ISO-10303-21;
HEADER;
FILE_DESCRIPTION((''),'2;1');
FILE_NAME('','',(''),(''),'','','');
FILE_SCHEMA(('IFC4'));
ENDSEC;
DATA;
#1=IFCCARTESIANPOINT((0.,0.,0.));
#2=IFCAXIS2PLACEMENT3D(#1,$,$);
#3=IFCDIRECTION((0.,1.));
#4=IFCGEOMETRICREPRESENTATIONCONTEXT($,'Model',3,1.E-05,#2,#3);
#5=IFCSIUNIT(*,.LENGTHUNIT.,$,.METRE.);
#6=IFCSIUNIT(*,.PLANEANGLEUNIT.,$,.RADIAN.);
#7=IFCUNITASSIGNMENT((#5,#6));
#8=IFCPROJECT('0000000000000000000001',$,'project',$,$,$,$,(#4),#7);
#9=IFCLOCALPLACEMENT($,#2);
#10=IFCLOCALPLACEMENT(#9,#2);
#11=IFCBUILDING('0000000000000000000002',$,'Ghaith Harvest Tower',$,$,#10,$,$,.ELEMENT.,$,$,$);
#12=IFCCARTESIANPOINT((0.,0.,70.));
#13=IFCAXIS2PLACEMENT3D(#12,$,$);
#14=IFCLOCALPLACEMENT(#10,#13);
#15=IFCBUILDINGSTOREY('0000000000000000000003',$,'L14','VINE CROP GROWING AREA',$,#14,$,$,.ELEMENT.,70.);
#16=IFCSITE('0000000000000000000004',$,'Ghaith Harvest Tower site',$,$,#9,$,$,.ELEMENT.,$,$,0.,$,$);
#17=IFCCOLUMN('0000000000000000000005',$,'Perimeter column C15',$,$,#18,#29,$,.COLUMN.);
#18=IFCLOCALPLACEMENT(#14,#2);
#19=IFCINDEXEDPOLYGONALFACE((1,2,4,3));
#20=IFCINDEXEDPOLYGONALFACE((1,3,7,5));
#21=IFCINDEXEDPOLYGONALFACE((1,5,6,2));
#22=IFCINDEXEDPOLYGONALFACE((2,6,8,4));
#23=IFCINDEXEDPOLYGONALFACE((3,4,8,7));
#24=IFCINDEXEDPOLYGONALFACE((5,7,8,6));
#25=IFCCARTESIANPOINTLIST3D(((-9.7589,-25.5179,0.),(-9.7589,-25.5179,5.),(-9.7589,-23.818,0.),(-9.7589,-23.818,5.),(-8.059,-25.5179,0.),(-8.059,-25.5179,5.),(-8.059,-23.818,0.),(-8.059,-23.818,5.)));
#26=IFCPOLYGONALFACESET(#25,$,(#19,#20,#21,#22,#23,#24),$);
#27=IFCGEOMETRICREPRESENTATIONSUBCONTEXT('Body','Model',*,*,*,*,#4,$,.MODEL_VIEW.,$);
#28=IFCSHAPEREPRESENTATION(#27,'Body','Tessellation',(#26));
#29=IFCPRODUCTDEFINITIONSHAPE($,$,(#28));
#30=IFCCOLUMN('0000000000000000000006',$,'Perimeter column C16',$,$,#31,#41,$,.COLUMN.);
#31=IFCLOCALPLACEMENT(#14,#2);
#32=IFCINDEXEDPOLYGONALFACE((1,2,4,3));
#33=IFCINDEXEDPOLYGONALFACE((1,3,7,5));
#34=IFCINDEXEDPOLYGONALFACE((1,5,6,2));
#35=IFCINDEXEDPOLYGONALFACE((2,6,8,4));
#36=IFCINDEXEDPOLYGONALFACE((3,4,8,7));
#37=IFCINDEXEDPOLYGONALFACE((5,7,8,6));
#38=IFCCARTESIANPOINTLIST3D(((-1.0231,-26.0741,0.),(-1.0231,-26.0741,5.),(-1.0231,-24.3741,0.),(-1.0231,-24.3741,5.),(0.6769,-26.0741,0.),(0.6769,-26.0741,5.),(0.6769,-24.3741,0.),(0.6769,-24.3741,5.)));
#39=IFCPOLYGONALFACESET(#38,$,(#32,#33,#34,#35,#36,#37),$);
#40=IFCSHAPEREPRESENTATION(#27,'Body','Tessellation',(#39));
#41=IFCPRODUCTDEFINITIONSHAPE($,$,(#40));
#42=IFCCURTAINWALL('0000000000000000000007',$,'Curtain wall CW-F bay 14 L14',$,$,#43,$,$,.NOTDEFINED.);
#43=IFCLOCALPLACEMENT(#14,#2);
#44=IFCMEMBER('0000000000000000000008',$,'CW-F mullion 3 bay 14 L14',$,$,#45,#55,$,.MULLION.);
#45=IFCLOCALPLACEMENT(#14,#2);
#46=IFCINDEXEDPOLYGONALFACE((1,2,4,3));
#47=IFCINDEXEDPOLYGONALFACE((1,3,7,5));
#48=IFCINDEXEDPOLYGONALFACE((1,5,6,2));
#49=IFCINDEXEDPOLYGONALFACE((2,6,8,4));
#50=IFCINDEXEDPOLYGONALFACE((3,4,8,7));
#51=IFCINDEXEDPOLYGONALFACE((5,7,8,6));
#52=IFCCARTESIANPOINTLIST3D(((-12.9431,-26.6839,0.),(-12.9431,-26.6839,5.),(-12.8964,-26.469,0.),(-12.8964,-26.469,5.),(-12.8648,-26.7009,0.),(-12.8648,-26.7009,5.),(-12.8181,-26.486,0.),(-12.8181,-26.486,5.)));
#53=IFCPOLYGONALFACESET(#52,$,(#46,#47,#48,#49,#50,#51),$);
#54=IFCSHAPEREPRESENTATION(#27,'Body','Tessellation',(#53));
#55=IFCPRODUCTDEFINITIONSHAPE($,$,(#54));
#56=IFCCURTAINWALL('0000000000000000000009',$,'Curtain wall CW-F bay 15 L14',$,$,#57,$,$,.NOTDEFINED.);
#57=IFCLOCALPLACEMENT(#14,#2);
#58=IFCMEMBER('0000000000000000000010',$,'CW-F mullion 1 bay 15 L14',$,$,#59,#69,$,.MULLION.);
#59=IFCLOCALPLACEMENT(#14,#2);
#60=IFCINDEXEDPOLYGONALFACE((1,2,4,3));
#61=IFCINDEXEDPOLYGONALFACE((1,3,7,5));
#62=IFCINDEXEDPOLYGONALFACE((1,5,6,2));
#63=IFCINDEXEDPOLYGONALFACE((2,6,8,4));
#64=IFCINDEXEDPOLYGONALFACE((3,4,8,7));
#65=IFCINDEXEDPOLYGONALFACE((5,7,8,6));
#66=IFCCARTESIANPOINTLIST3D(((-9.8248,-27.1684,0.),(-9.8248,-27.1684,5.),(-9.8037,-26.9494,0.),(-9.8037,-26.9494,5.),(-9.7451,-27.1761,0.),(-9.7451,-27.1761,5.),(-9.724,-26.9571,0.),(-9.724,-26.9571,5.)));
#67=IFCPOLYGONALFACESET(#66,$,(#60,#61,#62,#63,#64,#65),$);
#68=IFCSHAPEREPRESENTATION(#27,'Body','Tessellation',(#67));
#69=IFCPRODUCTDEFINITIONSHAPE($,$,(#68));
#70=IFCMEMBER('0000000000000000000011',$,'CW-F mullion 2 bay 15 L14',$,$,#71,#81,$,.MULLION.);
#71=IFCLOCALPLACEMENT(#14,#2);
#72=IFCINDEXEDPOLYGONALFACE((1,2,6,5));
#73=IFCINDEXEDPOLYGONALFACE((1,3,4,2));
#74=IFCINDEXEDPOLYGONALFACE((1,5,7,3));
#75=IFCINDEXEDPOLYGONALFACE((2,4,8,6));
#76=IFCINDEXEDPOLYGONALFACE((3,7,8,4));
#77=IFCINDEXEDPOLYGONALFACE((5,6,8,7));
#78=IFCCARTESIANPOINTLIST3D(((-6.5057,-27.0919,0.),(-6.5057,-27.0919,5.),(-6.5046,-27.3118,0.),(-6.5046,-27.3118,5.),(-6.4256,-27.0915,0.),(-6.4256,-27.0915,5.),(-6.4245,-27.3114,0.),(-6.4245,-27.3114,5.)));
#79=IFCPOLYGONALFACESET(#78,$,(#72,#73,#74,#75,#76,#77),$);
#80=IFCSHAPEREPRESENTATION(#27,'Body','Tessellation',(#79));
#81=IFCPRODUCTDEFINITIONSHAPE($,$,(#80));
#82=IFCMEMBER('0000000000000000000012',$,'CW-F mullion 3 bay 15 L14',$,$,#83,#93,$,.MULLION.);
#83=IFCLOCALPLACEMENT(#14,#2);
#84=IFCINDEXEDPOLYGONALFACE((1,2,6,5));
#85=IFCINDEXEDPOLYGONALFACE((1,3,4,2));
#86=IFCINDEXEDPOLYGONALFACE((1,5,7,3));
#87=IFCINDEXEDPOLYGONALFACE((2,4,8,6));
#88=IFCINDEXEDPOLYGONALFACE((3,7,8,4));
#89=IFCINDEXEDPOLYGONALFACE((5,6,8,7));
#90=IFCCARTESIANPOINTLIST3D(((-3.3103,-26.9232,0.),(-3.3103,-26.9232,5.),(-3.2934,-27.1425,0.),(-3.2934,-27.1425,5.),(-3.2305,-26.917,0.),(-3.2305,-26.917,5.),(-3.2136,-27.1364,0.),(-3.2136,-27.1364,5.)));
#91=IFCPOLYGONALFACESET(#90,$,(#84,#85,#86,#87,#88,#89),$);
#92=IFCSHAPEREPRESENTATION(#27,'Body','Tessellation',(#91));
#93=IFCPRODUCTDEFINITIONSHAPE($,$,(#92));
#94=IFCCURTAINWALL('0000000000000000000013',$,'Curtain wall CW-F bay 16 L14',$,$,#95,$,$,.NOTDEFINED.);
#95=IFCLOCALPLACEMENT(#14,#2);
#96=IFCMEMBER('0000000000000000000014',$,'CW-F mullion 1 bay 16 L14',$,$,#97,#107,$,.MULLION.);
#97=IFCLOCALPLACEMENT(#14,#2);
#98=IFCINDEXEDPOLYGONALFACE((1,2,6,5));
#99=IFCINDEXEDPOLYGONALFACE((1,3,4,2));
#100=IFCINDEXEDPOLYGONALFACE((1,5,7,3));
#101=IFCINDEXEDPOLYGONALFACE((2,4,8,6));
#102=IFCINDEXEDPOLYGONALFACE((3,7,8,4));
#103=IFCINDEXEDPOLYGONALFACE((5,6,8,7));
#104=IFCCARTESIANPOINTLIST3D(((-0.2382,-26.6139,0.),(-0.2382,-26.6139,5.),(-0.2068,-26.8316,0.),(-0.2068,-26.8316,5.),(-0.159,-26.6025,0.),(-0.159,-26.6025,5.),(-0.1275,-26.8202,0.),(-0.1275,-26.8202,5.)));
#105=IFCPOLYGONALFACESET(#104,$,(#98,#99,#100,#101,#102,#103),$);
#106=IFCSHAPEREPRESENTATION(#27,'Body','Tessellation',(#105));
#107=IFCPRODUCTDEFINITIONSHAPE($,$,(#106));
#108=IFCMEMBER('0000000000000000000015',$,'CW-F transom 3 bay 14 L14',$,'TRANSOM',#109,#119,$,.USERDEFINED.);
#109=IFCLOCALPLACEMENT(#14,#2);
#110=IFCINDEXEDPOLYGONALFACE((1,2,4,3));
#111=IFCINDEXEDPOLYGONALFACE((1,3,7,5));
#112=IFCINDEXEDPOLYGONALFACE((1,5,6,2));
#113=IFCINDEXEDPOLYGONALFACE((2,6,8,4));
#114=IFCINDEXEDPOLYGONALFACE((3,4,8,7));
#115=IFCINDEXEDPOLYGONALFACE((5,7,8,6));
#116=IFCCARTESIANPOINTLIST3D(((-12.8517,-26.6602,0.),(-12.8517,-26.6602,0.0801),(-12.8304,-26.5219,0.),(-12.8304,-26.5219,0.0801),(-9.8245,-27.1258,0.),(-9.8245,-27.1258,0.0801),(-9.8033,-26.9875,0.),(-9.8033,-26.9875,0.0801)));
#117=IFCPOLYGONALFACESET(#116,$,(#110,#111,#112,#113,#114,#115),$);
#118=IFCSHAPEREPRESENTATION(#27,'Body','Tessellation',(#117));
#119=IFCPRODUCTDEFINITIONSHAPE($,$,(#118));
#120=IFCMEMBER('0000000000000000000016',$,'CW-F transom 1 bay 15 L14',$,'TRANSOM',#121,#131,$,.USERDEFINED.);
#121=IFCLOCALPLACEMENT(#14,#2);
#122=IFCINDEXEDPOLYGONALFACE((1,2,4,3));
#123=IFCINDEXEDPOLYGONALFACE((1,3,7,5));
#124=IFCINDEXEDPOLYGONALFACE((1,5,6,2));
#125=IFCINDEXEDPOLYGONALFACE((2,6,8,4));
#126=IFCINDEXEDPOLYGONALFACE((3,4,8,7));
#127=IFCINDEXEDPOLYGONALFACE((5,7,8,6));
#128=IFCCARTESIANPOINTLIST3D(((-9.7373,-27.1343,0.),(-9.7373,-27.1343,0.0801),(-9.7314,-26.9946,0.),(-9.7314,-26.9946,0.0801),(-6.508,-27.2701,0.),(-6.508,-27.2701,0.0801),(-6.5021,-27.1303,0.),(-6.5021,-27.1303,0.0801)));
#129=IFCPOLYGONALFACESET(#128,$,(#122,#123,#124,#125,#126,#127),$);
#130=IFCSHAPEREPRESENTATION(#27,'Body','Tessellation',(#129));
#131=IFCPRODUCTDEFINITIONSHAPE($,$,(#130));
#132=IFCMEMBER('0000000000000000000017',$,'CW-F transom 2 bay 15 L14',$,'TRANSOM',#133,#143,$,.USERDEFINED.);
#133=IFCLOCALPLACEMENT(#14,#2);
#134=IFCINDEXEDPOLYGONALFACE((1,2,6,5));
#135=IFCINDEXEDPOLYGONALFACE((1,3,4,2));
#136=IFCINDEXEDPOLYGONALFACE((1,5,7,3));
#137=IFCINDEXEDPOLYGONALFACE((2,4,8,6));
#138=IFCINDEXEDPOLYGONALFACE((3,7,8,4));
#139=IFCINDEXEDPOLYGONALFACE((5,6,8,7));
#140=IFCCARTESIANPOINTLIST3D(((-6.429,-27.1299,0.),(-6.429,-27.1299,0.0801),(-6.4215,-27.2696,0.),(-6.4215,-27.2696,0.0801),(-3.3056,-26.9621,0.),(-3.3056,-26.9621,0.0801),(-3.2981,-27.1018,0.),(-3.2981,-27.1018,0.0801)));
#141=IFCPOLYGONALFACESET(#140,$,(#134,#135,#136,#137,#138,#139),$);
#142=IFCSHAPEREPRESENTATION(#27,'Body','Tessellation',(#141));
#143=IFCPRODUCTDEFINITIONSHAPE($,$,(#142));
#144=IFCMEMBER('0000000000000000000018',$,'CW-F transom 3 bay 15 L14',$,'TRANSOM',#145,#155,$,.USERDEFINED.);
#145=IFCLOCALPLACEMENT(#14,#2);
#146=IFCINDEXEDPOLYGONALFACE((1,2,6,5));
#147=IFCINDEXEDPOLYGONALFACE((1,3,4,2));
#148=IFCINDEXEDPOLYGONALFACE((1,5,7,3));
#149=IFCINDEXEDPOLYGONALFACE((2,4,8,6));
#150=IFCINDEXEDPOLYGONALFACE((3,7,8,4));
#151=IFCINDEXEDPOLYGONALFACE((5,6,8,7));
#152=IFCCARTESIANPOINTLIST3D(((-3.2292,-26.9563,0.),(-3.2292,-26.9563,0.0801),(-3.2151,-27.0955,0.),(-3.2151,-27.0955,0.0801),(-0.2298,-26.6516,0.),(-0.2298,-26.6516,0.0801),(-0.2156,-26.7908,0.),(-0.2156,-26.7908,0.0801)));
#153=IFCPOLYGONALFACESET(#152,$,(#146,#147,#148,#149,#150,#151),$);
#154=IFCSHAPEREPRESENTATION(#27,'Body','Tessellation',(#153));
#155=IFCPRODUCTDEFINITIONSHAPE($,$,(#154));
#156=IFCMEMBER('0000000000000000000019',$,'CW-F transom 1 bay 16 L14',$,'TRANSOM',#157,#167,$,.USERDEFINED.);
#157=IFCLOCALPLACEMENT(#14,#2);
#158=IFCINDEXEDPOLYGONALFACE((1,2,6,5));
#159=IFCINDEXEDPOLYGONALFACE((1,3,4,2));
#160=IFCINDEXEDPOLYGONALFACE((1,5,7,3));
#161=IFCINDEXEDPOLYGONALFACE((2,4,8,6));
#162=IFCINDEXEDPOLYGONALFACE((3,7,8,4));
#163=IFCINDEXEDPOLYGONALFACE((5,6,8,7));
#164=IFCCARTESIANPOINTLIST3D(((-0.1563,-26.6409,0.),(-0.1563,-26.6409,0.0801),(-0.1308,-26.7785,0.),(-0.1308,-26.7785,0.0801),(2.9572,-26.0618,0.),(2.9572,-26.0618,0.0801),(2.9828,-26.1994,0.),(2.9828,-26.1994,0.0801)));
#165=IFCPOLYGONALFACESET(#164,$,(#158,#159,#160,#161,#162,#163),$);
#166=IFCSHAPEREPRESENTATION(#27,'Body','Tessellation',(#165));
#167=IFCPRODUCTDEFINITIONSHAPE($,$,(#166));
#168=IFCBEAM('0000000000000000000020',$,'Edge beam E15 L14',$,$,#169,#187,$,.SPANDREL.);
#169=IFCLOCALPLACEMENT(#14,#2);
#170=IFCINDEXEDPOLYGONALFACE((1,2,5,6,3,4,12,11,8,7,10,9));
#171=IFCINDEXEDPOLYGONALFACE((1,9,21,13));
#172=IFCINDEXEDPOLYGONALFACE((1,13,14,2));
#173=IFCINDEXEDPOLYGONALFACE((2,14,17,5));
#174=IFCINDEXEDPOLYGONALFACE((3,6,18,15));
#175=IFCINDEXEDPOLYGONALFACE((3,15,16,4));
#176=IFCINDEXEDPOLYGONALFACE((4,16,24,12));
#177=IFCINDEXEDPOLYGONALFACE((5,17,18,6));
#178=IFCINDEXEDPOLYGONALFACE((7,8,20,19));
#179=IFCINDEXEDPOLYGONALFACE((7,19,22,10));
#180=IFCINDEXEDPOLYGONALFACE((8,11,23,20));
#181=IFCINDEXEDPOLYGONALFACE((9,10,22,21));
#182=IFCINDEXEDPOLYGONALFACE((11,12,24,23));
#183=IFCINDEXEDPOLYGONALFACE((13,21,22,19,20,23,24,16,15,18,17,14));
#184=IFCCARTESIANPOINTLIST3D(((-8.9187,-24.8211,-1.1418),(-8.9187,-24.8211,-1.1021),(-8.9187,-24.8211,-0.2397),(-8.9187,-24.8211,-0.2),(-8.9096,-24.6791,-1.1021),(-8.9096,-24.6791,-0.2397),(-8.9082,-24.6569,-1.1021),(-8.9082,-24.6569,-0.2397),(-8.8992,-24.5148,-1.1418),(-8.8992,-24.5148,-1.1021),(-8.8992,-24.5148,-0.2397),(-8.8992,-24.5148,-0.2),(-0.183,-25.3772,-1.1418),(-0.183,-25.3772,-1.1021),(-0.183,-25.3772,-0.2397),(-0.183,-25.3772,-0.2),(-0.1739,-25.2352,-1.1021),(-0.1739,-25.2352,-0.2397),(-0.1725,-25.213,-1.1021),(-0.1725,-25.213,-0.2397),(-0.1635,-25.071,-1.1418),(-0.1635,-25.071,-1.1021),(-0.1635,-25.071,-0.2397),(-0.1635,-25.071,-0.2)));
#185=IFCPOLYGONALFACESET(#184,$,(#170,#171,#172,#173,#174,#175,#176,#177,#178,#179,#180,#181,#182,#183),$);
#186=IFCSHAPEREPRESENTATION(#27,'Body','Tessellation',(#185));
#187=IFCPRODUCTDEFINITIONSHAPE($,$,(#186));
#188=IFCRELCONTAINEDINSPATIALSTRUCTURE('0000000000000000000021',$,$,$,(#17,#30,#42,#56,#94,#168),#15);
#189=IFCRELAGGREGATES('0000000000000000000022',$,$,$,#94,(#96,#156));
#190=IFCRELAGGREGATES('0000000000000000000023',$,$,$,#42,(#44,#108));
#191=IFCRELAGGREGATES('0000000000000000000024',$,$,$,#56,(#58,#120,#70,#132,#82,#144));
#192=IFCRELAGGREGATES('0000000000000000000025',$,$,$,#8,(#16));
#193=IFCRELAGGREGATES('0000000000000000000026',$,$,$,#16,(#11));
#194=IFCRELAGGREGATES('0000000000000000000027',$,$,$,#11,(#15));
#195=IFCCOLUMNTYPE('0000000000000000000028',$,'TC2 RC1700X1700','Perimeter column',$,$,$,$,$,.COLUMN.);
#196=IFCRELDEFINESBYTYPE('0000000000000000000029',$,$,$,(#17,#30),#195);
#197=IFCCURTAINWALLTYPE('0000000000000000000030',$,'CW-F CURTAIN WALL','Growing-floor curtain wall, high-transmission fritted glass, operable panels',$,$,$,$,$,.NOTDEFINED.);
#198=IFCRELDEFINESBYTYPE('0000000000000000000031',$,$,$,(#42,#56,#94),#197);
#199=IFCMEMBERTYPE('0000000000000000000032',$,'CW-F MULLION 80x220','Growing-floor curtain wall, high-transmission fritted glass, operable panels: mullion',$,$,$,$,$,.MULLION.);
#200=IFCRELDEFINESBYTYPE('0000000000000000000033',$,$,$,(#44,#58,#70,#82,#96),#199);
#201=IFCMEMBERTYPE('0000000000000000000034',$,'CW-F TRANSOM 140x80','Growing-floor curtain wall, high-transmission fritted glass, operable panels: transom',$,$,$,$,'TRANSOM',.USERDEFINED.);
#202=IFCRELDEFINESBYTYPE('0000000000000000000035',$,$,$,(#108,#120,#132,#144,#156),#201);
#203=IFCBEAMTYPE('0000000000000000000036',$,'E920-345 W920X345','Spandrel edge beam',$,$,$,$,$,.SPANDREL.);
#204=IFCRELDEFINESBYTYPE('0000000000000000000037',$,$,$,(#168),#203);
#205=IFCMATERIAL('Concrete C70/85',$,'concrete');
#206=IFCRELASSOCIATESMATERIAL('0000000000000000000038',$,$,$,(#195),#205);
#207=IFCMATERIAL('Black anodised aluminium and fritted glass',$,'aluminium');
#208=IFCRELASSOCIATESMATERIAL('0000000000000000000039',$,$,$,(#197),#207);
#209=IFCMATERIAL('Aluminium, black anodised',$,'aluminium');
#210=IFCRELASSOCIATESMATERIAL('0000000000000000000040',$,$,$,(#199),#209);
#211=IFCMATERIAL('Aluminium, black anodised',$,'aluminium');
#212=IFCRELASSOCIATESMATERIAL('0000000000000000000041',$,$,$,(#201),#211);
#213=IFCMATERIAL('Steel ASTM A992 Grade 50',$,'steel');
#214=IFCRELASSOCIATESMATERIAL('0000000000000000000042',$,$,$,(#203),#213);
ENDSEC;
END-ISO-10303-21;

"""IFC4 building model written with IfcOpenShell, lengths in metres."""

from ifc_helpers import new_model, si_unit, direction, frame, origin, origin_2d, place, context, subcontext, project, spatial, rectangle, i_section, extrude, material, material_profile, profile_set, type_object, element, aggregate, save


model = new_model("IFC4")

# Units and contexts
model_context = context("Model", 3, precision=1e-05, world=origin(), true_north=direction((0.0, 1.0)))
body_context = subcontext(model_context, "Body", "Model", "MODEL_VIEW")
ifc_project = project(units=[si_unit("LENGTHUNIT", "METRE"), si_unit("PLANEANGLEUNIT", "RADIAN")], contexts=[model_context])

# Site, building, storey
site_placement = place(None, origin())
site = spatial("IfcSite", under=ifc_project, at=site_placement, Name="Ghaith Harvest Tower site", CompositionType="ELEMENT", RefElevation=0.0)
building_placement = place(site_placement, origin())
building = spatial("IfcBuilding", under=site, at=building_placement, Name="Ghaith Harvest Tower", CompositionType="ELEMENT")
storey_placement = place(building_placement, frame((0.0, 0.0, 70.0)))
storey = spatial("IfcBuildingStorey", under=building, at=storey_placement, Name="L14", Description="VINE CROP GROWING AREA", CompositionType="ELEMENT", Elevation=70.0)

# Columns
ifc_material_1 = material(Name="Concrete C70/85", Category="concrete")
ifc_material_profile_1 = material_profile(ifc_material_1, rectangle(XDim=1.7, YDim=1.7, at=origin_2d()), Name="RC1700X1700")
ifc_profile_set_1 = profile_set([ifc_material_profile_1], Name="Concrete C70/85")
column_type = type_object("IfcColumnType", Name="TC2 RC1700X1700", Description="Perimeter column", PredefinedType="COLUMN", material=ifc_profile_set_1)
for number, where, z_axis, x_axis, name in (
    (1, (-8.9089, -24.668, 0.0), (0.0, 0.0, 1.0), (1.0, 0.0, 0.0), "Perimeter column C15"),
    (2, (-0.1731, -25.2241, 0.0), (0.0, 0.0, 1.0), (1.0, 0.0, 0.0), "Perimeter column C16"),
):
    element("IfcColumn", number, at=place(storey_placement, frame(where, z_axis=z_axis, x_axis=x_axis)), inside=storey, type_object=column_type, Name=name, PredefinedType="COLUMN", context=body_context, shape_type="SweptSolid", body=[
        extrude(rectangle(XDim=1.7, YDim=1.7, at=origin_2d()), origin(), (0.0, 0.0, 1.0), 5.0),
    ])

# Curtain wall, member
ifc_material_2 = material(Name="Black anodised aluminium and fritted glass", Category="aluminium")
curtain_wall_type = type_object("IfcCurtainWallType", Name="CW-F CURTAIN WALL", Description="Growing-floor curtain wall, high-transmission fritted glass, operable panels", PredefinedType="NOTDEFINED", material=ifc_material_2)
curtain_wall_1_placement = place(storey_placement, origin())
curtain_wall_1 = element("IfcCurtainWall", 3, at=curtain_wall_1_placement, inside=storey, type_object=curtain_wall_type, Name="Curtain wall CW-F bay 14 L14", PredefinedType="NOTDEFINED")
ifc_material_3 = material(Name="Aluminium, black anodised", Category="aluminium")
ifc_material_profile_2 = material_profile(ifc_material_3, rectangle(XDim=0.0801, YDim=0.22, at=origin_2d()), Name="CW-F MULLION 80x220")
ifc_profile_set_2 = profile_set([ifc_material_profile_2], Name="Aluminium, black anodised")
member_type_1 = type_object("IfcMemberType", Name="CW-F MULLION 80x220", Description="Growing-floor curtain wall, high-transmission fritted glass, operable panels: mullion", PredefinedType="MULLION", material=ifc_profile_set_2)
member_1_placement = place(storey_placement, frame((-12.8806, -26.585, 0.0), z_axis=(0.0, 0.0, 1.0), x_axis=(0.977207, -0.212289, 0.0)))
member_1 = element("IfcMember", 4, at=member_1_placement, type_object=member_type_1, Name="CW-F mullion 3 bay 14 L14", PredefinedType="MULLION", context=body_context, shape_type="SweptSolid", body=[
    extrude(rectangle(XDim=0.0801, YDim=0.22, at=origin_2d()), origin(), (0.0, 0.0, 1.0), 5.0),
])

# Curtain wall, members
curtain_wall_2_placement = place(storey_placement, origin())
curtain_wall_2 = element("IfcCurtainWall", 5, at=curtain_wall_2_placement, inside=storey, type_object=curtain_wall_type, Name="Curtain wall CW-F bay 15 L14", PredefinedType="NOTDEFINED")
member_2_placement = place(storey_placement, frame((-9.7744, -27.0627, 0.0), z_axis=(0.0, 0.0, 1.0), x_axis=(0.995408, -0.095718, 0.0)))
member_2 = element("IfcMember", 6, at=member_2_placement, type_object=member_type_1, Name="CW-F mullion 1 bay 15 L14", PredefinedType="MULLION", context=body_context, shape_type="SweptSolid", body=[
    extrude(rectangle(XDim=0.0801, YDim=0.22, at=origin_2d()), origin(), (0.0, 0.0, 1.0), 5.0),
])
member_3_placement = place(storey_placement, frame((-6.4651, -27.2017, 0.0), z_axis=(0.0, 0.0, 1.0), x_axis=(0.999987, 0.005058, 0.0)))
member_3 = element("IfcMember", 7, at=member_3_placement, type_object=member_type_1, Name="CW-F mullion 2 bay 15 L14", PredefinedType="MULLION", context=body_context, shape_type="SweptSolid", body=[
    extrude(rectangle(XDim=0.0801, YDim=0.22, at=origin_2d()), origin(), (0.0, 0.0, 1.0), 5.0),
])
member_4_placement = place(storey_placement, frame((-3.262, -27.0298, 0.0), z_axis=(0.0, 0.0, 1.0), x_axis=(0.997038, 0.076917, 0.0)))
member_4 = element("IfcMember", 8, at=member_4_placement, type_object=member_type_1, Name="CW-F mullion 3 bay 15 L14", PredefinedType="MULLION", context=body_context, shape_type="SweptSolid", body=[
    extrude(rectangle(XDim=0.0801, YDim=0.22, at=origin_2d()), origin(), (0.0, 0.0, 1.0), 5.0),
])

# Curtain wall, member
curtain_wall_3_placement = place(storey_placement, origin())
curtain_wall_3 = element("IfcCurtainWall", 9, at=curtain_wall_3_placement, inside=storey, type_object=curtain_wall_type, Name="Curtain wall CW-F bay 16 L14", PredefinedType="NOTDEFINED")
member_5_placement = place(storey_placement, frame((-0.1829, -26.717, 0.0), z_axis=(0.0, 0.0, 1.0), x_axis=(0.989712, 0.143075, 0.0)))
member_5 = element("IfcMember", 10, at=member_5_placement, type_object=member_type_1, Name="CW-F mullion 1 bay 16 L14", PredefinedType="MULLION", context=body_context, shape_type="SweptSolid", body=[
    extrude(rectangle(XDim=0.0801, YDim=0.22, at=origin_2d()), origin(), (0.0, 0.0, 1.0), 5.0),
])

# Members
ifc_material_4 = material(Name="Aluminium, black anodised", Category="aluminium")
ifc_material_profile_3 = material_profile(ifc_material_4, rectangle(XDim=0.1399, YDim=0.0801, at=origin_2d()), Name="CW-F TRANSOM 140x80")
ifc_profile_set_3 = profile_set([ifc_material_profile_3], Name="Aluminium, black anodised")
member_type_2 = type_object("IfcMemberType", Name="CW-F TRANSOM 140x80", Description="Growing-floor curtain wall, high-transmission fritted glass, operable panels: transom", ElementType="TRANSOM", PredefinedType="USERDEFINED", material=ifc_profile_set_3)
member_6_placement = place(storey_placement, frame((-12.8411, -26.5911, 0.04), z_axis=(0.988378, -0.152015, 0.0), x_axis=(0.152015, 0.988378, 0.0)))
member_6 = element("IfcMember", 11, at=member_6_placement, type_object=member_type_2, Name="CW-F transom 3 bay 14 L14", ObjectType="TRANSOM", PredefinedType="USERDEFINED", context=body_context, shape_type="SweptSolid", body=[
    extrude(rectangle(XDim=0.1399, YDim=0.0801, at=origin_2d()), origin(), (0.0, 0.0, 1.0), 3.0627),
])
member_7_placement = place(storey_placement, frame((-9.7344, -27.0645, 0.04), z_axis=(0.999118, -0.041998, 0.0), x_axis=(0.041998, 0.999118, 0.0)))
member_7 = element("IfcMember", 12, at=member_7_placement, type_object=member_type_2, Name="CW-F transom 1 bay 15 L14", ObjectType="TRANSOM", PredefinedType="USERDEFINED", context=body_context, shape_type="SweptSolid", body=[
    extrude(rectangle(XDim=0.1399, YDim=0.0801, at=origin_2d()), origin(), (0.0, 0.0, 1.0), 3.2322),
])
member_8_placement = place(storey_placement, frame((-6.4253, -27.1997, 0.04), z_axis=(0.998561, 0.05362, 0.0), x_axis=(-0.05362, 0.998561, 0.0)))
member_8 = element("IfcMember", 13, at=member_8_placement, type_object=member_type_2, Name="CW-F transom 2 bay 15 L14", ObjectType="TRANSOM", PredefinedType="USERDEFINED", context=body_context, shape_type="SweptSolid", body=[
    extrude(rectangle(XDim=0.1399, YDim=0.0801, at=origin_2d()), origin(), (0.0, 0.0, 1.0), 3.1279),
])
member_9_placement = place(storey_placement, frame((-3.2222, -27.0259, 0.04), z_axis=(0.99488, 0.101059, 0.0), x_axis=(-0.101059, 0.99488, 0.0)))
member_9 = element("IfcMember", 14, at=member_9_placement, type_object=member_type_2, Name="CW-F transom 3 bay 15 L14", ObjectType="TRANSOM", PredefinedType="USERDEFINED", context=body_context, shape_type="SweptSolid", body=[
    extrude(rectangle(XDim=0.1399, YDim=0.0801, at=origin_2d()), origin(), (0.0, 0.0, 1.0), 3.0149),
])
member_10_placement = place(storey_placement, frame((-0.1436, -26.7097, 0.04), z_axis=(0.983139, 0.182859, 0.0), x_axis=(-0.182859, 0.983139, 0.0)))
member_10 = element("IfcMember", 15, at=member_10_placement, type_object=member_type_2, Name="CW-F transom 1 bay 16 L14", ObjectType="TRANSOM", PredefinedType="USERDEFINED", context=body_context, shape_type="SweptSolid", body=[
    extrude(rectangle(XDim=0.1399, YDim=0.0801, at=origin_2d()), origin(), (0.0, 0.0, 1.0), 3.167),
])
aggregate(curtain_wall_3, [member_5, member_10])

# Beam
ifc_material_5 = material(Name="Steel ASTM A992 Grade 50", Category="steel")
ifc_material_profile_4 = material_profile(ifc_material_5, i_section(OverallWidth=0.3069, OverallDepth=0.9419, WebThickness=0.0222, FlangeThickness=0.0398, at=origin_2d()), Name="W920X345")
ifc_profile_set_4 = profile_set([ifc_material_profile_4], Name="Steel ASTM A992 Grade 50")
beam_type_1 = type_object("IfcBeamType", Name="E920-345 W920X345", Description="Spandrel edge beam", PredefinedType="SPANDREL", material=ifc_profile_set_4)
beam_1_placement = place(storey_placement, frame((-8.9089, -24.668, -0.6709), z_axis=(0.99798, -0.063535, 0.0), x_axis=(0.063535, 0.99798, 0.0)))
element("IfcBeam", 16, at=beam_1_placement, inside=storey, type_object=beam_type_1, Name="Edge beam E15 L14", PredefinedType="SPANDREL", context=body_context, shape_type="SweptSolid", body=[
    extrude(i_section(OverallWidth=0.3069, OverallDepth=0.9419, WebThickness=0.0222, FlangeThickness=0.0398, at=origin_2d()), origin(), (0.0, 0.0, 1.0), 8.7534),
])

aggregate(curtain_wall_1, [member_1, member_6])
aggregate(curtain_wall_2, [member_2, member_7, member_3, member_8, member_4, member_9])

save(model, "model.ifc")
